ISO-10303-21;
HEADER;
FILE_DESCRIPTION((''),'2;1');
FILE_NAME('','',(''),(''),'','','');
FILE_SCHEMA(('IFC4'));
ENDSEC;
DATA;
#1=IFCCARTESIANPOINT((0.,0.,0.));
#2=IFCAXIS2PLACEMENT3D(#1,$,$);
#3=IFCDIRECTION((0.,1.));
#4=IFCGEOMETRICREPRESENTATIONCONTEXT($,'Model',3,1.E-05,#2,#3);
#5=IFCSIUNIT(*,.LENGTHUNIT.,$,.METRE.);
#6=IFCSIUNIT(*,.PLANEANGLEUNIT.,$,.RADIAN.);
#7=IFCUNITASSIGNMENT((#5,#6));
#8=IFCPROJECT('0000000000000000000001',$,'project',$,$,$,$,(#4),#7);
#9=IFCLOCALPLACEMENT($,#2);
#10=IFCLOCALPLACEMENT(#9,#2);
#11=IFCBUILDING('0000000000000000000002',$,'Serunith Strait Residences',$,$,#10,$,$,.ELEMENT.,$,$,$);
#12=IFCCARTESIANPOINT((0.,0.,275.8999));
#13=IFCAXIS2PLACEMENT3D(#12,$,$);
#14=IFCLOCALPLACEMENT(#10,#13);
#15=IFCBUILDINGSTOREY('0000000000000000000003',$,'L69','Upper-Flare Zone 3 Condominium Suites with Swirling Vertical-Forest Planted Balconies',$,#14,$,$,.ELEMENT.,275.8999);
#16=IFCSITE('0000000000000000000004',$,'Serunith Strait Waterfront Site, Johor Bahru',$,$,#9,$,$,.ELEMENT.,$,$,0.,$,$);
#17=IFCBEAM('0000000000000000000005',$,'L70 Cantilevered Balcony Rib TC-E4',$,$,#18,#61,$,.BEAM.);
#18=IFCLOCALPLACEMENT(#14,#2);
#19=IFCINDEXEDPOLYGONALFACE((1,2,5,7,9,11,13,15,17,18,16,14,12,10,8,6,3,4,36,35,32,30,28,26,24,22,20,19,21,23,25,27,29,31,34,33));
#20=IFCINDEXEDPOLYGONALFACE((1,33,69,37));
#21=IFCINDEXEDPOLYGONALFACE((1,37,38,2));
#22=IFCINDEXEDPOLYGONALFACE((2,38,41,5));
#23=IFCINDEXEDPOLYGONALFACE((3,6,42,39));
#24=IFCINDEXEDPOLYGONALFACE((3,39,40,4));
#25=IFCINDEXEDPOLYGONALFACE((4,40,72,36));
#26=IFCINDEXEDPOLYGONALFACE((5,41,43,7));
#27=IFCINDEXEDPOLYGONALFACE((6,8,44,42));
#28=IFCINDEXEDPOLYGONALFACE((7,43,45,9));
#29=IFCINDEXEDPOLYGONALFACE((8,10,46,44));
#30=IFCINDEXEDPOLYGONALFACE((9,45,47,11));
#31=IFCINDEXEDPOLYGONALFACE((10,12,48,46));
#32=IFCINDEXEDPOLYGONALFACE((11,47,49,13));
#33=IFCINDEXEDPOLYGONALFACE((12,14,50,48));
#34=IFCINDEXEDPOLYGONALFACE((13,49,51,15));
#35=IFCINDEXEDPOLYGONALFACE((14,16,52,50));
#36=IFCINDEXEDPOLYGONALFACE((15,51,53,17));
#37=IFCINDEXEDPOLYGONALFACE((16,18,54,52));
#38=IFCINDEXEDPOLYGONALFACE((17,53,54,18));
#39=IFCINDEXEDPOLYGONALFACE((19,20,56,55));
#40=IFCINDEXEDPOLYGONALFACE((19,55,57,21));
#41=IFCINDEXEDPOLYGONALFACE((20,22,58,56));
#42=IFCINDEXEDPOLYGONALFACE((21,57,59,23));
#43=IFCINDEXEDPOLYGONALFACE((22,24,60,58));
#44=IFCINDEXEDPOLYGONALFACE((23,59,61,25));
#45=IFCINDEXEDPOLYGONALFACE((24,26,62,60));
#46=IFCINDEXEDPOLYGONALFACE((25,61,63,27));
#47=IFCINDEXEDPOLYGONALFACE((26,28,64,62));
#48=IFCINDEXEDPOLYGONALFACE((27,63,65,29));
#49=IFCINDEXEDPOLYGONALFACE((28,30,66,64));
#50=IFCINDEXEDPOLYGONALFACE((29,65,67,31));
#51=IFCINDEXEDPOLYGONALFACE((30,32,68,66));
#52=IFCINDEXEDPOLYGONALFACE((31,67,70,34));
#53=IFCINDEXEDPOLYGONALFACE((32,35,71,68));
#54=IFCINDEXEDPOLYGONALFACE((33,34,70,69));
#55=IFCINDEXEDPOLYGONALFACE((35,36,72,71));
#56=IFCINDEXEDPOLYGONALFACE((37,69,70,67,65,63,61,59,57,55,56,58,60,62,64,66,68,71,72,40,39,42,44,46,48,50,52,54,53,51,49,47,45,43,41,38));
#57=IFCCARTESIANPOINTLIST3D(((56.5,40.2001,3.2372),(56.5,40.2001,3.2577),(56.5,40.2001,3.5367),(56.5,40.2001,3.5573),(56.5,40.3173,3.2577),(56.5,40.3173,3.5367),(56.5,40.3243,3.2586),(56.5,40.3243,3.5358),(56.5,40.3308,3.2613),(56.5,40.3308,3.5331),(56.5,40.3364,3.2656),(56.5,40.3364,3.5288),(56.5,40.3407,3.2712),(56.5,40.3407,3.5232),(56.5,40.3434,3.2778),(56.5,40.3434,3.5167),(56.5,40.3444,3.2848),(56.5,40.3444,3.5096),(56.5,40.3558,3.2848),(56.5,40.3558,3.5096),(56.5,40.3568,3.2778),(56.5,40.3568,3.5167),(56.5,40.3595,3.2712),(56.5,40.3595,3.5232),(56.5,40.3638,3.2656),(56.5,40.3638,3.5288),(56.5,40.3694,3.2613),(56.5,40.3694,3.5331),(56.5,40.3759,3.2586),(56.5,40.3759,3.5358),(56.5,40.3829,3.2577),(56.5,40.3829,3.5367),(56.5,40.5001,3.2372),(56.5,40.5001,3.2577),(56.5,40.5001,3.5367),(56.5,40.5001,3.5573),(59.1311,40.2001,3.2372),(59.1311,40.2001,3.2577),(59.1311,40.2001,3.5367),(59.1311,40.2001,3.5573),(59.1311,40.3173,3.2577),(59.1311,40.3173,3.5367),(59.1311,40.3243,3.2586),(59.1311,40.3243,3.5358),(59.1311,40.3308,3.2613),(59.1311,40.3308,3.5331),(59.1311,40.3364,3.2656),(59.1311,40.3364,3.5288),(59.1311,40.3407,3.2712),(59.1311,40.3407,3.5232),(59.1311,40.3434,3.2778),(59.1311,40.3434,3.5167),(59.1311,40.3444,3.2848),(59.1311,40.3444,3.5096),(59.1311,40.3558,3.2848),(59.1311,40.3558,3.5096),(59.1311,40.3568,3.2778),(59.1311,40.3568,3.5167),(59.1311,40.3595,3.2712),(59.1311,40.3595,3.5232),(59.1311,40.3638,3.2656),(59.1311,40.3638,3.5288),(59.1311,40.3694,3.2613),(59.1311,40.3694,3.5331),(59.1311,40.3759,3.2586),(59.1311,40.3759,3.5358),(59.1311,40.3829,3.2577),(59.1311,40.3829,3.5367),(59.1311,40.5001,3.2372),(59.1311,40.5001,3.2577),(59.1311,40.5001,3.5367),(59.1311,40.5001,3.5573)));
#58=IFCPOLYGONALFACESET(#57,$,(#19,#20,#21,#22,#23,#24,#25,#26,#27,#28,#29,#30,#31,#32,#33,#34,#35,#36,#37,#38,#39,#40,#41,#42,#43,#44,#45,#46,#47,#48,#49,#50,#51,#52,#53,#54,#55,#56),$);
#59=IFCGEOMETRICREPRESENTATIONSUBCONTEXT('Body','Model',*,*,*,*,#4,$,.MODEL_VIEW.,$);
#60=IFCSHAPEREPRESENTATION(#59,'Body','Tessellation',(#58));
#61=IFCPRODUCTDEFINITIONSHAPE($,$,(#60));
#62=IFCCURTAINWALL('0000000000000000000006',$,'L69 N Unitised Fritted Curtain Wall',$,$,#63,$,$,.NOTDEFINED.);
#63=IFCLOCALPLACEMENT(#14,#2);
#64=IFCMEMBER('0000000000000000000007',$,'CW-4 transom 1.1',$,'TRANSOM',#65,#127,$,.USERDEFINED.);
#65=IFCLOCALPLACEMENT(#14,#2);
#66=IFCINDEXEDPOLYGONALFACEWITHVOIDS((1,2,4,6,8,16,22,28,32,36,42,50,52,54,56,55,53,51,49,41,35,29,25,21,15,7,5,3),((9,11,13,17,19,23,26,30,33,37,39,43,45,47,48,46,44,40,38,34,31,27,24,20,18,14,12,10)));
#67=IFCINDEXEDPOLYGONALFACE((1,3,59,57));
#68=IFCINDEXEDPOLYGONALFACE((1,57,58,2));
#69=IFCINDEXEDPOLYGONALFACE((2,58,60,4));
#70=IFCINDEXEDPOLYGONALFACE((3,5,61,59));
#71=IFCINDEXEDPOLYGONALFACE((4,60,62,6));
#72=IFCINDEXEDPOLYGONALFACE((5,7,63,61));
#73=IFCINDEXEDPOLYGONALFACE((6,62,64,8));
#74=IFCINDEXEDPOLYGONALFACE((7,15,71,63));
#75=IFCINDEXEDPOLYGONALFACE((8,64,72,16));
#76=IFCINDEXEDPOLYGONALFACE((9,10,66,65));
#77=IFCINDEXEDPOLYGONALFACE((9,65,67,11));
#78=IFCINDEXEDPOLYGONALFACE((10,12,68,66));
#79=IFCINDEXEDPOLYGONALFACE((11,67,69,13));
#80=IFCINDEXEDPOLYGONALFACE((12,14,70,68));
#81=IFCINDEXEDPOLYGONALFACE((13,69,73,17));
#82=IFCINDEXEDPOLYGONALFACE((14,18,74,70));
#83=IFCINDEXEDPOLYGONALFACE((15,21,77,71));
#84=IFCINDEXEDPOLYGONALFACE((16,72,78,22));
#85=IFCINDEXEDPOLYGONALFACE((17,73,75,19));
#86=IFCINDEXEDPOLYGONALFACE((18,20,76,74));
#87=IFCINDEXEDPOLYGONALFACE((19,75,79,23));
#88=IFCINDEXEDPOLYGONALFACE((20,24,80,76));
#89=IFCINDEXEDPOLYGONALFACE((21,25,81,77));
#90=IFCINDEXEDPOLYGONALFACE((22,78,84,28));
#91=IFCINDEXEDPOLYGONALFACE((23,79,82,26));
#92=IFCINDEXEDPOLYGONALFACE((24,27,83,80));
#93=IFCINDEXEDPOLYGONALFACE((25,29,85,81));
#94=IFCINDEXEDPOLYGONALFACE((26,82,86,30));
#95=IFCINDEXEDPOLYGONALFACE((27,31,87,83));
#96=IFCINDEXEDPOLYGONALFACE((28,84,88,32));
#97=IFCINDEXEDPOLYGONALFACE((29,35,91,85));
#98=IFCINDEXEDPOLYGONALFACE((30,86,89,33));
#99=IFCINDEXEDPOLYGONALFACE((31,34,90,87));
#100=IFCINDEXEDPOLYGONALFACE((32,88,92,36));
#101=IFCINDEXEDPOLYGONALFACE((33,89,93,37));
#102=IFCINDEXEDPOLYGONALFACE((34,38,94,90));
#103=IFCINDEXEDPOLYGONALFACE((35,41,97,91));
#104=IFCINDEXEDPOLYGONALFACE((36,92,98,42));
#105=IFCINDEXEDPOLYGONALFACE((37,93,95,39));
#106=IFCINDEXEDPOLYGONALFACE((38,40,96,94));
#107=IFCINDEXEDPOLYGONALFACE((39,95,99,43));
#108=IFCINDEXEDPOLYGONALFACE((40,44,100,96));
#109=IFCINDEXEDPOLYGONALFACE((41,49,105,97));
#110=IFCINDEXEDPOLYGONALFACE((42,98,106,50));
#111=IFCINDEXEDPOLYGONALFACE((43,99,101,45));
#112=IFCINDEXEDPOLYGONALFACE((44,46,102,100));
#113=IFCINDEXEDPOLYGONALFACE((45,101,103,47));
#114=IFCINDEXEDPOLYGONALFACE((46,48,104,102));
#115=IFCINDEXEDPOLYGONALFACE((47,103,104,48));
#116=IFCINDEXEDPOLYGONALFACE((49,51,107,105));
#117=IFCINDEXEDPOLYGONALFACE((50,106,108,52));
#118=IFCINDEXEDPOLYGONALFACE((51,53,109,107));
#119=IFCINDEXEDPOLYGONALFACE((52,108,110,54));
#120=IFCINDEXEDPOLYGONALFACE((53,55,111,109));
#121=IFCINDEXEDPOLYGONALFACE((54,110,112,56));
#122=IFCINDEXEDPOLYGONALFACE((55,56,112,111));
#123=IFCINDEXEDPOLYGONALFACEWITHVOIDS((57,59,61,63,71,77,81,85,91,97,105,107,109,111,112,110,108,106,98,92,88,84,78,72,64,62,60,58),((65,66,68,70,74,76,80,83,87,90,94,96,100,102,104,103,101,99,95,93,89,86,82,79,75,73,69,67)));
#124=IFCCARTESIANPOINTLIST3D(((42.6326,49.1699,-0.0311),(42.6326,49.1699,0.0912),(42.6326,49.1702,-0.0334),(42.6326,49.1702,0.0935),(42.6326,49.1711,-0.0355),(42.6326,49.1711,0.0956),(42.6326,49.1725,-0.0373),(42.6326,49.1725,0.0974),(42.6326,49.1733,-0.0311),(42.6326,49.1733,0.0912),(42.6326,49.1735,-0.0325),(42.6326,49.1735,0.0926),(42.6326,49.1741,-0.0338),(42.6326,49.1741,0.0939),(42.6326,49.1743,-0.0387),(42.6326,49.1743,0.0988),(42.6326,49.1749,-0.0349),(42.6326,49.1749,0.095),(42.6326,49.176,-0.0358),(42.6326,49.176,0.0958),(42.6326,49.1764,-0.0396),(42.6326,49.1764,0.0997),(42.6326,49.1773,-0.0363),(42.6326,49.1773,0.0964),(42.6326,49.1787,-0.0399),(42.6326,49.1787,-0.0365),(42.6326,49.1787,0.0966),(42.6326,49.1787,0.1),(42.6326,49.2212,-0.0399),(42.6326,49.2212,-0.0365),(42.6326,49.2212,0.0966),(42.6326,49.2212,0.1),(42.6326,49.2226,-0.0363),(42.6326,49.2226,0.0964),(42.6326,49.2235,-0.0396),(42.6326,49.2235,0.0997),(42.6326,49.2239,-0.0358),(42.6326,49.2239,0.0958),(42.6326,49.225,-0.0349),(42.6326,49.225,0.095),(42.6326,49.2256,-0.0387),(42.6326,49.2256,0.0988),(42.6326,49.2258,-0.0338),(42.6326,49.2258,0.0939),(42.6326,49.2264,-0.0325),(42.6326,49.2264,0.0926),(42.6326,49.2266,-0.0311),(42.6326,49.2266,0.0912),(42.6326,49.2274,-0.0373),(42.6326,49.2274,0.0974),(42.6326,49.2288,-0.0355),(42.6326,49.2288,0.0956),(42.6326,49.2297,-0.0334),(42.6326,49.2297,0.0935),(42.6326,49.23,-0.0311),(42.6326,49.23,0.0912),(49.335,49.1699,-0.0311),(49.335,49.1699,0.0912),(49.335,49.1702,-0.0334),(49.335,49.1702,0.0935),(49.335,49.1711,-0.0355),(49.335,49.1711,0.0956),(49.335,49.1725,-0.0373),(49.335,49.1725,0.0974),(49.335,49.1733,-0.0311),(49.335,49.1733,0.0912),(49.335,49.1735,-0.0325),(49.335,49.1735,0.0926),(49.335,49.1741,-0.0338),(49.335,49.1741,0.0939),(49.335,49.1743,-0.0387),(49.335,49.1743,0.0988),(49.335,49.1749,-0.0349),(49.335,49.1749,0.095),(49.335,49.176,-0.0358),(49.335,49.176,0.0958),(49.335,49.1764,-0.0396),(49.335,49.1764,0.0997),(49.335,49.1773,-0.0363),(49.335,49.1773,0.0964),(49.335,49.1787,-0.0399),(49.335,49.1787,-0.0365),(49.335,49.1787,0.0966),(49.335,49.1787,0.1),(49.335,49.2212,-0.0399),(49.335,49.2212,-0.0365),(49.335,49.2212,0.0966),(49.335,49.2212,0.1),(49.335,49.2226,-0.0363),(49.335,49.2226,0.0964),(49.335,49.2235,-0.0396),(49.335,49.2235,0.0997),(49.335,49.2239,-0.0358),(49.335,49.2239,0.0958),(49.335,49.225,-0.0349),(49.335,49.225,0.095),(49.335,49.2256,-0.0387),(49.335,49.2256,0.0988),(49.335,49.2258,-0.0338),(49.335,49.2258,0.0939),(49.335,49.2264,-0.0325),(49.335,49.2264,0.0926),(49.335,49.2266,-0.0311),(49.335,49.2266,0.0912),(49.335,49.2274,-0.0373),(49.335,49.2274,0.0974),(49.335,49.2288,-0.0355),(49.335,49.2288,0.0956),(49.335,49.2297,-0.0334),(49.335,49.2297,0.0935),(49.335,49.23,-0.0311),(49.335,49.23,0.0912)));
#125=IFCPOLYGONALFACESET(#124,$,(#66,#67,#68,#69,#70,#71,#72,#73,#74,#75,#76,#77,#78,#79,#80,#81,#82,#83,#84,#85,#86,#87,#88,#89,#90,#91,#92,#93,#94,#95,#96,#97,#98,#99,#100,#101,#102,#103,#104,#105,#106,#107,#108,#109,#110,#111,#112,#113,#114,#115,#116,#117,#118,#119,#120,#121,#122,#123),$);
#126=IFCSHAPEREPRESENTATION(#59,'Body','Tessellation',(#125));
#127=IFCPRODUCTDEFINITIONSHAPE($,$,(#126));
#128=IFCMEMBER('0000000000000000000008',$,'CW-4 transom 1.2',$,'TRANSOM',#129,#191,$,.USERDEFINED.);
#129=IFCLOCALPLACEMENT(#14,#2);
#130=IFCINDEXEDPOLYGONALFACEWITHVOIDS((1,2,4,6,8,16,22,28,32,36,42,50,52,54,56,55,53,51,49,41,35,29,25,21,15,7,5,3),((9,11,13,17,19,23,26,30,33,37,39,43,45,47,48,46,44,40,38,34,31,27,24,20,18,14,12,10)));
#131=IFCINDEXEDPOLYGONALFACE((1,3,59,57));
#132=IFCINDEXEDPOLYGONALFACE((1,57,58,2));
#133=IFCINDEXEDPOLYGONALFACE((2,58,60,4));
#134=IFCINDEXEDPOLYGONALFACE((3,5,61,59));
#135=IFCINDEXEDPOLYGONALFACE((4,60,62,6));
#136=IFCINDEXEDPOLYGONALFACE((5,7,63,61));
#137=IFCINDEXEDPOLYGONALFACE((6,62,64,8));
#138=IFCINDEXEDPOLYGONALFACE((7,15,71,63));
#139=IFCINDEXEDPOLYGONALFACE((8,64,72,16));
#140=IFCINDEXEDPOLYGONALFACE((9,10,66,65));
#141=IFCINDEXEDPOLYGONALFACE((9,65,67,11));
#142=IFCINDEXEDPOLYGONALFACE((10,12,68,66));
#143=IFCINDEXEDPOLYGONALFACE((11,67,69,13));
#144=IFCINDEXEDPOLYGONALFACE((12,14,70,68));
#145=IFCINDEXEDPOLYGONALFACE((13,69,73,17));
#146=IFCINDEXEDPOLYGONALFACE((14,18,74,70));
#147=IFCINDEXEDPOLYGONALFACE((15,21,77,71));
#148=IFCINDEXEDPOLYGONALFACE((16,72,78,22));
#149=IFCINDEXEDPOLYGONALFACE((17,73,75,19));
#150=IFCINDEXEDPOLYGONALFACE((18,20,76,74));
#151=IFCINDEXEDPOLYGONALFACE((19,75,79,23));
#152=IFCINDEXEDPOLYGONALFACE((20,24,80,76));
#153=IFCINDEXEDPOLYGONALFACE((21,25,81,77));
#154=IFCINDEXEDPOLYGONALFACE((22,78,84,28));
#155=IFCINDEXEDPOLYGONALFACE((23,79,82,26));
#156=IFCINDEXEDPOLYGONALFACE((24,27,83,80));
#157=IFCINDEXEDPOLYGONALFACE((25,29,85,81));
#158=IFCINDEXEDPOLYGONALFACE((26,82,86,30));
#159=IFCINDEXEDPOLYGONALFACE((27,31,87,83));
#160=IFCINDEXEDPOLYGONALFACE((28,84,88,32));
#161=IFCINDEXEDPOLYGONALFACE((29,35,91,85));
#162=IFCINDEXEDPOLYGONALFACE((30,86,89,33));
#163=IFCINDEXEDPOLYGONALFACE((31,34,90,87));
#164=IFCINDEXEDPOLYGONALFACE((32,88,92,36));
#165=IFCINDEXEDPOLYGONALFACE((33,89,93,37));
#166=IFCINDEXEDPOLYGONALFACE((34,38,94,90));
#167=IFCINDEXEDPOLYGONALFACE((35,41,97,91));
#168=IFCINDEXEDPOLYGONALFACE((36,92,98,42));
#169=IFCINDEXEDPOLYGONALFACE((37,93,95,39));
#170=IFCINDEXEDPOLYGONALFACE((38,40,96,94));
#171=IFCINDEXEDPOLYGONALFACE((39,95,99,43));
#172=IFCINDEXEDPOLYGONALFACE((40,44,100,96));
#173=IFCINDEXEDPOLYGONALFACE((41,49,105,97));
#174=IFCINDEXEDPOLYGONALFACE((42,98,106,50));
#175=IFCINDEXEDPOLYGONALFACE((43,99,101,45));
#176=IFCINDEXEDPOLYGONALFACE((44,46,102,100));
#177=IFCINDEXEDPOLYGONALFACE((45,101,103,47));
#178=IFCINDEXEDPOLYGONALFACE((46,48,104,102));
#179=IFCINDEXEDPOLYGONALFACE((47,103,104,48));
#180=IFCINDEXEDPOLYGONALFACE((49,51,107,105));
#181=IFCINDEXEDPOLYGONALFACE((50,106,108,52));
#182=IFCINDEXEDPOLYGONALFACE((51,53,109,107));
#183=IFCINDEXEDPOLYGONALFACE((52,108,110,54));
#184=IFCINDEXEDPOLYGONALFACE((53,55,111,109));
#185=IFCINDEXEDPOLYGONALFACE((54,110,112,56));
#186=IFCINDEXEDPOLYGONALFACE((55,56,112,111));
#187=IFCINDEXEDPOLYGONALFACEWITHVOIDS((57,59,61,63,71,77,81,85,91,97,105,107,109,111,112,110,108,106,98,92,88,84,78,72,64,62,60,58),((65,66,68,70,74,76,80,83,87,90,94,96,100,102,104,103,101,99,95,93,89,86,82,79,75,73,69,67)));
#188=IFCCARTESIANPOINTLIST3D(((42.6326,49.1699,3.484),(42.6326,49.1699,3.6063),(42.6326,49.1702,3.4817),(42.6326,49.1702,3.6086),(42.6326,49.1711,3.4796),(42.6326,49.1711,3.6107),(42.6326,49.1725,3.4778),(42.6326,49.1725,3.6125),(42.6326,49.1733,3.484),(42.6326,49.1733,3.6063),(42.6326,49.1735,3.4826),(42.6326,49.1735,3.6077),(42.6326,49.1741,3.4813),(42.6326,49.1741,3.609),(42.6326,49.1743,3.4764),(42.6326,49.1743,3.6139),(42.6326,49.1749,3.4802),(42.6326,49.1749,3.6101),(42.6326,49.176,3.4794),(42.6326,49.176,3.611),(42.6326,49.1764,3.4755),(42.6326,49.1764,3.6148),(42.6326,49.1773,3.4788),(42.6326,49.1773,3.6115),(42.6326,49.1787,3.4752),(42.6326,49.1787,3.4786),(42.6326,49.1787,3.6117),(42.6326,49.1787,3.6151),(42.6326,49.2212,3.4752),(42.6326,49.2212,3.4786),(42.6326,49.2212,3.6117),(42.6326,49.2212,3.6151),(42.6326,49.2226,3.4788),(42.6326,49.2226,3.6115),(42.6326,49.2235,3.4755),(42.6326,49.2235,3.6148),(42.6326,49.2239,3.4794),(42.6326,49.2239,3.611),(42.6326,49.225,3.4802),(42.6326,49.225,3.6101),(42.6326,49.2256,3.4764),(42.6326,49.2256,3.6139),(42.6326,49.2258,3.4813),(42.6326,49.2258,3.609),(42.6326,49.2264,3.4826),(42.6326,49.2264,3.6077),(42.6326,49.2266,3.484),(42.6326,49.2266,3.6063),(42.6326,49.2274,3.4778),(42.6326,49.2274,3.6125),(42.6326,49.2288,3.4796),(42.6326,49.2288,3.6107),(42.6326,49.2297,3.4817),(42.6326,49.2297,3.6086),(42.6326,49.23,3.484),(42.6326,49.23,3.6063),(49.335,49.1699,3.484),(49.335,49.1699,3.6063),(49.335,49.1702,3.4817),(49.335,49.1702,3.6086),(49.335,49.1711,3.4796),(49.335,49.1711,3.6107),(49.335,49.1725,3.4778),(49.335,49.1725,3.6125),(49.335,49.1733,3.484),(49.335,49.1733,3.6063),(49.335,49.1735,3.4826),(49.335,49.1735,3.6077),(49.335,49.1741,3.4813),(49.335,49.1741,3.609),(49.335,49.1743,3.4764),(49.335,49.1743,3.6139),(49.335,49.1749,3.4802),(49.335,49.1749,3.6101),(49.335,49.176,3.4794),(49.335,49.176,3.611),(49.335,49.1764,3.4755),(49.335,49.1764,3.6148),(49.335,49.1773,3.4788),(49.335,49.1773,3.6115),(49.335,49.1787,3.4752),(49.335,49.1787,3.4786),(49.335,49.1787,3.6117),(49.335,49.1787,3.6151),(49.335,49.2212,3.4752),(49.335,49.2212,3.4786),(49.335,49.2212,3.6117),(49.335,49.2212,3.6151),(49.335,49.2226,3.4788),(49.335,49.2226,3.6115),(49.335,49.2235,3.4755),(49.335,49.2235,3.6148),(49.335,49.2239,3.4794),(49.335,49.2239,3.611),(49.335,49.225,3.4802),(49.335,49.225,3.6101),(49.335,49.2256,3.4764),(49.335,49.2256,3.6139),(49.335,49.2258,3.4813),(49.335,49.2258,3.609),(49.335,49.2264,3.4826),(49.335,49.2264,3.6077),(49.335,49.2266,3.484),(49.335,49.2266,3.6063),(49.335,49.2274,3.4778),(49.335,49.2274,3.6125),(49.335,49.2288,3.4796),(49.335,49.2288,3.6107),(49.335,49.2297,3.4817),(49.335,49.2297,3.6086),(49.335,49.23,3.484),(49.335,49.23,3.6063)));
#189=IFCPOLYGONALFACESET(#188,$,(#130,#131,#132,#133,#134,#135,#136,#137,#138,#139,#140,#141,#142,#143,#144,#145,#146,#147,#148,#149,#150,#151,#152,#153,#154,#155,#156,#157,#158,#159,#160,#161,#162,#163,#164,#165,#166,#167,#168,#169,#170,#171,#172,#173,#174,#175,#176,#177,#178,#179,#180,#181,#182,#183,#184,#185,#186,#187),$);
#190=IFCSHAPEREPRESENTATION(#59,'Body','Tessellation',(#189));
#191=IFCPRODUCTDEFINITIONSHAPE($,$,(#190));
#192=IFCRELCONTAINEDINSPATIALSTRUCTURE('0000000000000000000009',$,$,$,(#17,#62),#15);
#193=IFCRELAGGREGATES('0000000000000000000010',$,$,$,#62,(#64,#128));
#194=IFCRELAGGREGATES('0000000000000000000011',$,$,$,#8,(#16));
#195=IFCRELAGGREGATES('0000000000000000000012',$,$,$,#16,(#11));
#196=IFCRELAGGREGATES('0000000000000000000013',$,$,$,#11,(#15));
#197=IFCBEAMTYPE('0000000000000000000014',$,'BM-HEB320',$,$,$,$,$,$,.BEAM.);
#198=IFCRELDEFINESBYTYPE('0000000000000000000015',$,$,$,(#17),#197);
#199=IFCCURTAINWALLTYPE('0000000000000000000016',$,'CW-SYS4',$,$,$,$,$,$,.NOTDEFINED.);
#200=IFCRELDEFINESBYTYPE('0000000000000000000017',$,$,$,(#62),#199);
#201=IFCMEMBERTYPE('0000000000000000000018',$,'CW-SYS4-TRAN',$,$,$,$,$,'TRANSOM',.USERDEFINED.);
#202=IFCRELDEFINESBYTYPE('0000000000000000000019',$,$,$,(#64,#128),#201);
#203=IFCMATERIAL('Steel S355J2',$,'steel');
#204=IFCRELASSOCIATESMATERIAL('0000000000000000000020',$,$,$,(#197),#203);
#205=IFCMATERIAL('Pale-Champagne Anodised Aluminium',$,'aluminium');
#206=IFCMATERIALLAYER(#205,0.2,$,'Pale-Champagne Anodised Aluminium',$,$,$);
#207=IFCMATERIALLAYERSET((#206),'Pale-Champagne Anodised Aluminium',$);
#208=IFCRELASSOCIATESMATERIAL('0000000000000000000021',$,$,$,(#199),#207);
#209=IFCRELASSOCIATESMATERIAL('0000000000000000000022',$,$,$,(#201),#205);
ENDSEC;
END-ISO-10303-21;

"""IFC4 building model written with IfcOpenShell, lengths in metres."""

from ifc_helpers import new_model, si_unit, direction, frame, origin, origin_2d, place, context, subcontext, project, spatial, hollow_rectangle, i_section, extrude, source, transform, mapped, material, layer, layer_set, material_profile, profile_set, type_object, element, aggregate, save


model = new_model("IFC4")

# Units and contexts
model_context = context("Model", 3, precision=1e-05, world=origin(), true_north=direction((0.0, 1.0)))
body_context = subcontext(model_context, "Body", "Model", "MODEL_VIEW")
ifc_project = project(units=[si_unit("LENGTHUNIT", "METRE"), si_unit("PLANEANGLEUNIT", "RADIAN")], contexts=[model_context])

# Site, building, storey
site_placement = place(None, origin())
site = spatial("IfcSite", under=ifc_project, at=site_placement, Name="Serunith Strait Waterfront Site, Johor Bahru", CompositionType="ELEMENT", RefElevation=0.0)
building_placement = place(site_placement, origin())
building = spatial("IfcBuilding", under=site, at=building_placement, Name="Serunith Strait Residences", CompositionType="ELEMENT")
storey_placement = place(building_placement, frame((0.0, 0.0, 275.8999)))
storey = spatial("IfcBuildingStorey", under=building, at=storey_placement, Name="L69", Description="Upper-Flare Zone 3 Condominium Suites with Swirling Vertical-Forest Planted Balconies", CompositionType="ELEMENT", Elevation=275.8999)

# Beam
ifc_material_1 = material(Name="Steel S355J2", Category="steel")
ifc_material_profile_1 = material_profile(ifc_material_1, i_section(OverallWidth=0.3, OverallDepth=0.3201, WebThickness=0.0115, FlangeThickness=0.0205, FilletRadius=0.0271, at=origin_2d()), Name="HEB 320")
ifc_profile_set_1 = profile_set([ifc_material_profile_1], Name="Steel S355J2")
beam_type_1 = type_object("IfcBeamType", Name="BM-HEB320", PredefinedType="BEAM", material=ifc_profile_set_1)
shared_shape_1 = source(origin(), body_context, "Body", "SweptSolid", [
    extrude(i_section(OverallWidth=0.3, OverallDepth=0.3201, WebThickness=0.0115, FlangeThickness=0.0205, FilletRadius=0.0271, at=origin_2d()), origin(), (0.0, 0.0, 1.0), 2.6311),
])
beam_1_placement = place(storey_placement, frame((56.5, 40.3501, 3.3972), z_axis=(1.0, 0.0, 0.0), x_axis=(0.0, 1.0, 0.0)))
element("IfcBeam", 1, at=beam_1_placement, inside=storey, type_object=beam_type_1, Name="L70 Cantilevered Balcony Rib TC-E4", PredefinedType="BEAM", context=body_context, shape_type="MappedRepresentation", body=[
    mapped(shared_shape_1, transform((0.0, 0.0, 0.0), scale=1.0)),
])

# Curtain wall, members
ifc_material_2 = material(Name="Pale-Champagne Anodised Aluminium", Category="aluminium")
ifc_layer_1 = layer(ifc_material_2, 0.2, Name="Pale-Champagne Anodised Aluminium")
ifc_layer_set_1 = layer_set([ifc_layer_1], Name="Pale-Champagne Anodised Aluminium")
curtain_wall_type = type_object("IfcCurtainWallType", Name="CW-SYS4", PredefinedType="NOTDEFINED", material=ifc_layer_set_1)
curtain_wall_1_placement = place(storey_placement, origin())
curtain_wall_1 = element("IfcCurtainWall", 2, at=curtain_wall_1_placement, inside=storey, type_object=curtain_wall_type, Name="L69 N Unitised Fritted Curtain Wall", PredefinedType="NOTDEFINED")
ifc_material_profile_2 = material_profile(ifc_material_2, hollow_rectangle(XDim=0.0601, YDim=0.1399, WallThickness=0.0034, InnerFilletRadius=0.0054, OuterFilletRadius=0.0088, at=origin_2d()), Name="ALU 140x60x3.5")
ifc_profile_set_2 = profile_set([ifc_material_profile_2], Name="Pale-Champagne Anodised Aluminium")
member_type_1 = type_object("IfcMemberType", Name="CW-SYS4-TRAN", ElementType="TRANSOM", PredefinedType="USERDEFINED", material=ifc_profile_set_2)
shared_shape_2 = source(origin(), body_context, "Body", "SweptSolid", [
    extrude(hollow_rectangle(XDim=0.0601, YDim=0.1399, WallThickness=0.0034, InnerFilletRadius=0.0054, OuterFilletRadius=0.0088, at=origin_2d()), origin(), (0.0, 0.0, 1.0), 6.7024),
])
member_1_placement = place(storey_placement, frame((49.335, 49.2, 0.03), z_axis=(-1.0, 0.0, 0.0), x_axis=(0.0, -1.0, 0.0)))
member_1 = element("IfcMember", 3, at=member_1_placement, type_object=member_type_1, Name="CW-4 transom 1.1", ObjectType="TRANSOM", PredefinedType="USERDEFINED", context=body_context, shape_type="MappedRepresentation", body=[
    mapped(shared_shape_2, transform((0.0, 0.0, 0.0), scale=1.0)),
])
member_2_placement = place(storey_placement, frame((49.335, 49.2, 3.5452), z_axis=(-1.0, 0.0, 0.0), x_axis=(0.0, -1.0, 0.0)))
member_2 = element("IfcMember", 4, at=member_2_placement, type_object=member_type_1, Name="CW-4 transom 1.2", ObjectType="TRANSOM", PredefinedType="USERDEFINED", context=body_context, shape_type="MappedRepresentation", body=[
    mapped(shared_shape_2, transform((0.0, 0.0, 0.0), scale=1.0)),
])

aggregate(curtain_wall_1, [member_1, member_2])

save(model, "model.ifc")
